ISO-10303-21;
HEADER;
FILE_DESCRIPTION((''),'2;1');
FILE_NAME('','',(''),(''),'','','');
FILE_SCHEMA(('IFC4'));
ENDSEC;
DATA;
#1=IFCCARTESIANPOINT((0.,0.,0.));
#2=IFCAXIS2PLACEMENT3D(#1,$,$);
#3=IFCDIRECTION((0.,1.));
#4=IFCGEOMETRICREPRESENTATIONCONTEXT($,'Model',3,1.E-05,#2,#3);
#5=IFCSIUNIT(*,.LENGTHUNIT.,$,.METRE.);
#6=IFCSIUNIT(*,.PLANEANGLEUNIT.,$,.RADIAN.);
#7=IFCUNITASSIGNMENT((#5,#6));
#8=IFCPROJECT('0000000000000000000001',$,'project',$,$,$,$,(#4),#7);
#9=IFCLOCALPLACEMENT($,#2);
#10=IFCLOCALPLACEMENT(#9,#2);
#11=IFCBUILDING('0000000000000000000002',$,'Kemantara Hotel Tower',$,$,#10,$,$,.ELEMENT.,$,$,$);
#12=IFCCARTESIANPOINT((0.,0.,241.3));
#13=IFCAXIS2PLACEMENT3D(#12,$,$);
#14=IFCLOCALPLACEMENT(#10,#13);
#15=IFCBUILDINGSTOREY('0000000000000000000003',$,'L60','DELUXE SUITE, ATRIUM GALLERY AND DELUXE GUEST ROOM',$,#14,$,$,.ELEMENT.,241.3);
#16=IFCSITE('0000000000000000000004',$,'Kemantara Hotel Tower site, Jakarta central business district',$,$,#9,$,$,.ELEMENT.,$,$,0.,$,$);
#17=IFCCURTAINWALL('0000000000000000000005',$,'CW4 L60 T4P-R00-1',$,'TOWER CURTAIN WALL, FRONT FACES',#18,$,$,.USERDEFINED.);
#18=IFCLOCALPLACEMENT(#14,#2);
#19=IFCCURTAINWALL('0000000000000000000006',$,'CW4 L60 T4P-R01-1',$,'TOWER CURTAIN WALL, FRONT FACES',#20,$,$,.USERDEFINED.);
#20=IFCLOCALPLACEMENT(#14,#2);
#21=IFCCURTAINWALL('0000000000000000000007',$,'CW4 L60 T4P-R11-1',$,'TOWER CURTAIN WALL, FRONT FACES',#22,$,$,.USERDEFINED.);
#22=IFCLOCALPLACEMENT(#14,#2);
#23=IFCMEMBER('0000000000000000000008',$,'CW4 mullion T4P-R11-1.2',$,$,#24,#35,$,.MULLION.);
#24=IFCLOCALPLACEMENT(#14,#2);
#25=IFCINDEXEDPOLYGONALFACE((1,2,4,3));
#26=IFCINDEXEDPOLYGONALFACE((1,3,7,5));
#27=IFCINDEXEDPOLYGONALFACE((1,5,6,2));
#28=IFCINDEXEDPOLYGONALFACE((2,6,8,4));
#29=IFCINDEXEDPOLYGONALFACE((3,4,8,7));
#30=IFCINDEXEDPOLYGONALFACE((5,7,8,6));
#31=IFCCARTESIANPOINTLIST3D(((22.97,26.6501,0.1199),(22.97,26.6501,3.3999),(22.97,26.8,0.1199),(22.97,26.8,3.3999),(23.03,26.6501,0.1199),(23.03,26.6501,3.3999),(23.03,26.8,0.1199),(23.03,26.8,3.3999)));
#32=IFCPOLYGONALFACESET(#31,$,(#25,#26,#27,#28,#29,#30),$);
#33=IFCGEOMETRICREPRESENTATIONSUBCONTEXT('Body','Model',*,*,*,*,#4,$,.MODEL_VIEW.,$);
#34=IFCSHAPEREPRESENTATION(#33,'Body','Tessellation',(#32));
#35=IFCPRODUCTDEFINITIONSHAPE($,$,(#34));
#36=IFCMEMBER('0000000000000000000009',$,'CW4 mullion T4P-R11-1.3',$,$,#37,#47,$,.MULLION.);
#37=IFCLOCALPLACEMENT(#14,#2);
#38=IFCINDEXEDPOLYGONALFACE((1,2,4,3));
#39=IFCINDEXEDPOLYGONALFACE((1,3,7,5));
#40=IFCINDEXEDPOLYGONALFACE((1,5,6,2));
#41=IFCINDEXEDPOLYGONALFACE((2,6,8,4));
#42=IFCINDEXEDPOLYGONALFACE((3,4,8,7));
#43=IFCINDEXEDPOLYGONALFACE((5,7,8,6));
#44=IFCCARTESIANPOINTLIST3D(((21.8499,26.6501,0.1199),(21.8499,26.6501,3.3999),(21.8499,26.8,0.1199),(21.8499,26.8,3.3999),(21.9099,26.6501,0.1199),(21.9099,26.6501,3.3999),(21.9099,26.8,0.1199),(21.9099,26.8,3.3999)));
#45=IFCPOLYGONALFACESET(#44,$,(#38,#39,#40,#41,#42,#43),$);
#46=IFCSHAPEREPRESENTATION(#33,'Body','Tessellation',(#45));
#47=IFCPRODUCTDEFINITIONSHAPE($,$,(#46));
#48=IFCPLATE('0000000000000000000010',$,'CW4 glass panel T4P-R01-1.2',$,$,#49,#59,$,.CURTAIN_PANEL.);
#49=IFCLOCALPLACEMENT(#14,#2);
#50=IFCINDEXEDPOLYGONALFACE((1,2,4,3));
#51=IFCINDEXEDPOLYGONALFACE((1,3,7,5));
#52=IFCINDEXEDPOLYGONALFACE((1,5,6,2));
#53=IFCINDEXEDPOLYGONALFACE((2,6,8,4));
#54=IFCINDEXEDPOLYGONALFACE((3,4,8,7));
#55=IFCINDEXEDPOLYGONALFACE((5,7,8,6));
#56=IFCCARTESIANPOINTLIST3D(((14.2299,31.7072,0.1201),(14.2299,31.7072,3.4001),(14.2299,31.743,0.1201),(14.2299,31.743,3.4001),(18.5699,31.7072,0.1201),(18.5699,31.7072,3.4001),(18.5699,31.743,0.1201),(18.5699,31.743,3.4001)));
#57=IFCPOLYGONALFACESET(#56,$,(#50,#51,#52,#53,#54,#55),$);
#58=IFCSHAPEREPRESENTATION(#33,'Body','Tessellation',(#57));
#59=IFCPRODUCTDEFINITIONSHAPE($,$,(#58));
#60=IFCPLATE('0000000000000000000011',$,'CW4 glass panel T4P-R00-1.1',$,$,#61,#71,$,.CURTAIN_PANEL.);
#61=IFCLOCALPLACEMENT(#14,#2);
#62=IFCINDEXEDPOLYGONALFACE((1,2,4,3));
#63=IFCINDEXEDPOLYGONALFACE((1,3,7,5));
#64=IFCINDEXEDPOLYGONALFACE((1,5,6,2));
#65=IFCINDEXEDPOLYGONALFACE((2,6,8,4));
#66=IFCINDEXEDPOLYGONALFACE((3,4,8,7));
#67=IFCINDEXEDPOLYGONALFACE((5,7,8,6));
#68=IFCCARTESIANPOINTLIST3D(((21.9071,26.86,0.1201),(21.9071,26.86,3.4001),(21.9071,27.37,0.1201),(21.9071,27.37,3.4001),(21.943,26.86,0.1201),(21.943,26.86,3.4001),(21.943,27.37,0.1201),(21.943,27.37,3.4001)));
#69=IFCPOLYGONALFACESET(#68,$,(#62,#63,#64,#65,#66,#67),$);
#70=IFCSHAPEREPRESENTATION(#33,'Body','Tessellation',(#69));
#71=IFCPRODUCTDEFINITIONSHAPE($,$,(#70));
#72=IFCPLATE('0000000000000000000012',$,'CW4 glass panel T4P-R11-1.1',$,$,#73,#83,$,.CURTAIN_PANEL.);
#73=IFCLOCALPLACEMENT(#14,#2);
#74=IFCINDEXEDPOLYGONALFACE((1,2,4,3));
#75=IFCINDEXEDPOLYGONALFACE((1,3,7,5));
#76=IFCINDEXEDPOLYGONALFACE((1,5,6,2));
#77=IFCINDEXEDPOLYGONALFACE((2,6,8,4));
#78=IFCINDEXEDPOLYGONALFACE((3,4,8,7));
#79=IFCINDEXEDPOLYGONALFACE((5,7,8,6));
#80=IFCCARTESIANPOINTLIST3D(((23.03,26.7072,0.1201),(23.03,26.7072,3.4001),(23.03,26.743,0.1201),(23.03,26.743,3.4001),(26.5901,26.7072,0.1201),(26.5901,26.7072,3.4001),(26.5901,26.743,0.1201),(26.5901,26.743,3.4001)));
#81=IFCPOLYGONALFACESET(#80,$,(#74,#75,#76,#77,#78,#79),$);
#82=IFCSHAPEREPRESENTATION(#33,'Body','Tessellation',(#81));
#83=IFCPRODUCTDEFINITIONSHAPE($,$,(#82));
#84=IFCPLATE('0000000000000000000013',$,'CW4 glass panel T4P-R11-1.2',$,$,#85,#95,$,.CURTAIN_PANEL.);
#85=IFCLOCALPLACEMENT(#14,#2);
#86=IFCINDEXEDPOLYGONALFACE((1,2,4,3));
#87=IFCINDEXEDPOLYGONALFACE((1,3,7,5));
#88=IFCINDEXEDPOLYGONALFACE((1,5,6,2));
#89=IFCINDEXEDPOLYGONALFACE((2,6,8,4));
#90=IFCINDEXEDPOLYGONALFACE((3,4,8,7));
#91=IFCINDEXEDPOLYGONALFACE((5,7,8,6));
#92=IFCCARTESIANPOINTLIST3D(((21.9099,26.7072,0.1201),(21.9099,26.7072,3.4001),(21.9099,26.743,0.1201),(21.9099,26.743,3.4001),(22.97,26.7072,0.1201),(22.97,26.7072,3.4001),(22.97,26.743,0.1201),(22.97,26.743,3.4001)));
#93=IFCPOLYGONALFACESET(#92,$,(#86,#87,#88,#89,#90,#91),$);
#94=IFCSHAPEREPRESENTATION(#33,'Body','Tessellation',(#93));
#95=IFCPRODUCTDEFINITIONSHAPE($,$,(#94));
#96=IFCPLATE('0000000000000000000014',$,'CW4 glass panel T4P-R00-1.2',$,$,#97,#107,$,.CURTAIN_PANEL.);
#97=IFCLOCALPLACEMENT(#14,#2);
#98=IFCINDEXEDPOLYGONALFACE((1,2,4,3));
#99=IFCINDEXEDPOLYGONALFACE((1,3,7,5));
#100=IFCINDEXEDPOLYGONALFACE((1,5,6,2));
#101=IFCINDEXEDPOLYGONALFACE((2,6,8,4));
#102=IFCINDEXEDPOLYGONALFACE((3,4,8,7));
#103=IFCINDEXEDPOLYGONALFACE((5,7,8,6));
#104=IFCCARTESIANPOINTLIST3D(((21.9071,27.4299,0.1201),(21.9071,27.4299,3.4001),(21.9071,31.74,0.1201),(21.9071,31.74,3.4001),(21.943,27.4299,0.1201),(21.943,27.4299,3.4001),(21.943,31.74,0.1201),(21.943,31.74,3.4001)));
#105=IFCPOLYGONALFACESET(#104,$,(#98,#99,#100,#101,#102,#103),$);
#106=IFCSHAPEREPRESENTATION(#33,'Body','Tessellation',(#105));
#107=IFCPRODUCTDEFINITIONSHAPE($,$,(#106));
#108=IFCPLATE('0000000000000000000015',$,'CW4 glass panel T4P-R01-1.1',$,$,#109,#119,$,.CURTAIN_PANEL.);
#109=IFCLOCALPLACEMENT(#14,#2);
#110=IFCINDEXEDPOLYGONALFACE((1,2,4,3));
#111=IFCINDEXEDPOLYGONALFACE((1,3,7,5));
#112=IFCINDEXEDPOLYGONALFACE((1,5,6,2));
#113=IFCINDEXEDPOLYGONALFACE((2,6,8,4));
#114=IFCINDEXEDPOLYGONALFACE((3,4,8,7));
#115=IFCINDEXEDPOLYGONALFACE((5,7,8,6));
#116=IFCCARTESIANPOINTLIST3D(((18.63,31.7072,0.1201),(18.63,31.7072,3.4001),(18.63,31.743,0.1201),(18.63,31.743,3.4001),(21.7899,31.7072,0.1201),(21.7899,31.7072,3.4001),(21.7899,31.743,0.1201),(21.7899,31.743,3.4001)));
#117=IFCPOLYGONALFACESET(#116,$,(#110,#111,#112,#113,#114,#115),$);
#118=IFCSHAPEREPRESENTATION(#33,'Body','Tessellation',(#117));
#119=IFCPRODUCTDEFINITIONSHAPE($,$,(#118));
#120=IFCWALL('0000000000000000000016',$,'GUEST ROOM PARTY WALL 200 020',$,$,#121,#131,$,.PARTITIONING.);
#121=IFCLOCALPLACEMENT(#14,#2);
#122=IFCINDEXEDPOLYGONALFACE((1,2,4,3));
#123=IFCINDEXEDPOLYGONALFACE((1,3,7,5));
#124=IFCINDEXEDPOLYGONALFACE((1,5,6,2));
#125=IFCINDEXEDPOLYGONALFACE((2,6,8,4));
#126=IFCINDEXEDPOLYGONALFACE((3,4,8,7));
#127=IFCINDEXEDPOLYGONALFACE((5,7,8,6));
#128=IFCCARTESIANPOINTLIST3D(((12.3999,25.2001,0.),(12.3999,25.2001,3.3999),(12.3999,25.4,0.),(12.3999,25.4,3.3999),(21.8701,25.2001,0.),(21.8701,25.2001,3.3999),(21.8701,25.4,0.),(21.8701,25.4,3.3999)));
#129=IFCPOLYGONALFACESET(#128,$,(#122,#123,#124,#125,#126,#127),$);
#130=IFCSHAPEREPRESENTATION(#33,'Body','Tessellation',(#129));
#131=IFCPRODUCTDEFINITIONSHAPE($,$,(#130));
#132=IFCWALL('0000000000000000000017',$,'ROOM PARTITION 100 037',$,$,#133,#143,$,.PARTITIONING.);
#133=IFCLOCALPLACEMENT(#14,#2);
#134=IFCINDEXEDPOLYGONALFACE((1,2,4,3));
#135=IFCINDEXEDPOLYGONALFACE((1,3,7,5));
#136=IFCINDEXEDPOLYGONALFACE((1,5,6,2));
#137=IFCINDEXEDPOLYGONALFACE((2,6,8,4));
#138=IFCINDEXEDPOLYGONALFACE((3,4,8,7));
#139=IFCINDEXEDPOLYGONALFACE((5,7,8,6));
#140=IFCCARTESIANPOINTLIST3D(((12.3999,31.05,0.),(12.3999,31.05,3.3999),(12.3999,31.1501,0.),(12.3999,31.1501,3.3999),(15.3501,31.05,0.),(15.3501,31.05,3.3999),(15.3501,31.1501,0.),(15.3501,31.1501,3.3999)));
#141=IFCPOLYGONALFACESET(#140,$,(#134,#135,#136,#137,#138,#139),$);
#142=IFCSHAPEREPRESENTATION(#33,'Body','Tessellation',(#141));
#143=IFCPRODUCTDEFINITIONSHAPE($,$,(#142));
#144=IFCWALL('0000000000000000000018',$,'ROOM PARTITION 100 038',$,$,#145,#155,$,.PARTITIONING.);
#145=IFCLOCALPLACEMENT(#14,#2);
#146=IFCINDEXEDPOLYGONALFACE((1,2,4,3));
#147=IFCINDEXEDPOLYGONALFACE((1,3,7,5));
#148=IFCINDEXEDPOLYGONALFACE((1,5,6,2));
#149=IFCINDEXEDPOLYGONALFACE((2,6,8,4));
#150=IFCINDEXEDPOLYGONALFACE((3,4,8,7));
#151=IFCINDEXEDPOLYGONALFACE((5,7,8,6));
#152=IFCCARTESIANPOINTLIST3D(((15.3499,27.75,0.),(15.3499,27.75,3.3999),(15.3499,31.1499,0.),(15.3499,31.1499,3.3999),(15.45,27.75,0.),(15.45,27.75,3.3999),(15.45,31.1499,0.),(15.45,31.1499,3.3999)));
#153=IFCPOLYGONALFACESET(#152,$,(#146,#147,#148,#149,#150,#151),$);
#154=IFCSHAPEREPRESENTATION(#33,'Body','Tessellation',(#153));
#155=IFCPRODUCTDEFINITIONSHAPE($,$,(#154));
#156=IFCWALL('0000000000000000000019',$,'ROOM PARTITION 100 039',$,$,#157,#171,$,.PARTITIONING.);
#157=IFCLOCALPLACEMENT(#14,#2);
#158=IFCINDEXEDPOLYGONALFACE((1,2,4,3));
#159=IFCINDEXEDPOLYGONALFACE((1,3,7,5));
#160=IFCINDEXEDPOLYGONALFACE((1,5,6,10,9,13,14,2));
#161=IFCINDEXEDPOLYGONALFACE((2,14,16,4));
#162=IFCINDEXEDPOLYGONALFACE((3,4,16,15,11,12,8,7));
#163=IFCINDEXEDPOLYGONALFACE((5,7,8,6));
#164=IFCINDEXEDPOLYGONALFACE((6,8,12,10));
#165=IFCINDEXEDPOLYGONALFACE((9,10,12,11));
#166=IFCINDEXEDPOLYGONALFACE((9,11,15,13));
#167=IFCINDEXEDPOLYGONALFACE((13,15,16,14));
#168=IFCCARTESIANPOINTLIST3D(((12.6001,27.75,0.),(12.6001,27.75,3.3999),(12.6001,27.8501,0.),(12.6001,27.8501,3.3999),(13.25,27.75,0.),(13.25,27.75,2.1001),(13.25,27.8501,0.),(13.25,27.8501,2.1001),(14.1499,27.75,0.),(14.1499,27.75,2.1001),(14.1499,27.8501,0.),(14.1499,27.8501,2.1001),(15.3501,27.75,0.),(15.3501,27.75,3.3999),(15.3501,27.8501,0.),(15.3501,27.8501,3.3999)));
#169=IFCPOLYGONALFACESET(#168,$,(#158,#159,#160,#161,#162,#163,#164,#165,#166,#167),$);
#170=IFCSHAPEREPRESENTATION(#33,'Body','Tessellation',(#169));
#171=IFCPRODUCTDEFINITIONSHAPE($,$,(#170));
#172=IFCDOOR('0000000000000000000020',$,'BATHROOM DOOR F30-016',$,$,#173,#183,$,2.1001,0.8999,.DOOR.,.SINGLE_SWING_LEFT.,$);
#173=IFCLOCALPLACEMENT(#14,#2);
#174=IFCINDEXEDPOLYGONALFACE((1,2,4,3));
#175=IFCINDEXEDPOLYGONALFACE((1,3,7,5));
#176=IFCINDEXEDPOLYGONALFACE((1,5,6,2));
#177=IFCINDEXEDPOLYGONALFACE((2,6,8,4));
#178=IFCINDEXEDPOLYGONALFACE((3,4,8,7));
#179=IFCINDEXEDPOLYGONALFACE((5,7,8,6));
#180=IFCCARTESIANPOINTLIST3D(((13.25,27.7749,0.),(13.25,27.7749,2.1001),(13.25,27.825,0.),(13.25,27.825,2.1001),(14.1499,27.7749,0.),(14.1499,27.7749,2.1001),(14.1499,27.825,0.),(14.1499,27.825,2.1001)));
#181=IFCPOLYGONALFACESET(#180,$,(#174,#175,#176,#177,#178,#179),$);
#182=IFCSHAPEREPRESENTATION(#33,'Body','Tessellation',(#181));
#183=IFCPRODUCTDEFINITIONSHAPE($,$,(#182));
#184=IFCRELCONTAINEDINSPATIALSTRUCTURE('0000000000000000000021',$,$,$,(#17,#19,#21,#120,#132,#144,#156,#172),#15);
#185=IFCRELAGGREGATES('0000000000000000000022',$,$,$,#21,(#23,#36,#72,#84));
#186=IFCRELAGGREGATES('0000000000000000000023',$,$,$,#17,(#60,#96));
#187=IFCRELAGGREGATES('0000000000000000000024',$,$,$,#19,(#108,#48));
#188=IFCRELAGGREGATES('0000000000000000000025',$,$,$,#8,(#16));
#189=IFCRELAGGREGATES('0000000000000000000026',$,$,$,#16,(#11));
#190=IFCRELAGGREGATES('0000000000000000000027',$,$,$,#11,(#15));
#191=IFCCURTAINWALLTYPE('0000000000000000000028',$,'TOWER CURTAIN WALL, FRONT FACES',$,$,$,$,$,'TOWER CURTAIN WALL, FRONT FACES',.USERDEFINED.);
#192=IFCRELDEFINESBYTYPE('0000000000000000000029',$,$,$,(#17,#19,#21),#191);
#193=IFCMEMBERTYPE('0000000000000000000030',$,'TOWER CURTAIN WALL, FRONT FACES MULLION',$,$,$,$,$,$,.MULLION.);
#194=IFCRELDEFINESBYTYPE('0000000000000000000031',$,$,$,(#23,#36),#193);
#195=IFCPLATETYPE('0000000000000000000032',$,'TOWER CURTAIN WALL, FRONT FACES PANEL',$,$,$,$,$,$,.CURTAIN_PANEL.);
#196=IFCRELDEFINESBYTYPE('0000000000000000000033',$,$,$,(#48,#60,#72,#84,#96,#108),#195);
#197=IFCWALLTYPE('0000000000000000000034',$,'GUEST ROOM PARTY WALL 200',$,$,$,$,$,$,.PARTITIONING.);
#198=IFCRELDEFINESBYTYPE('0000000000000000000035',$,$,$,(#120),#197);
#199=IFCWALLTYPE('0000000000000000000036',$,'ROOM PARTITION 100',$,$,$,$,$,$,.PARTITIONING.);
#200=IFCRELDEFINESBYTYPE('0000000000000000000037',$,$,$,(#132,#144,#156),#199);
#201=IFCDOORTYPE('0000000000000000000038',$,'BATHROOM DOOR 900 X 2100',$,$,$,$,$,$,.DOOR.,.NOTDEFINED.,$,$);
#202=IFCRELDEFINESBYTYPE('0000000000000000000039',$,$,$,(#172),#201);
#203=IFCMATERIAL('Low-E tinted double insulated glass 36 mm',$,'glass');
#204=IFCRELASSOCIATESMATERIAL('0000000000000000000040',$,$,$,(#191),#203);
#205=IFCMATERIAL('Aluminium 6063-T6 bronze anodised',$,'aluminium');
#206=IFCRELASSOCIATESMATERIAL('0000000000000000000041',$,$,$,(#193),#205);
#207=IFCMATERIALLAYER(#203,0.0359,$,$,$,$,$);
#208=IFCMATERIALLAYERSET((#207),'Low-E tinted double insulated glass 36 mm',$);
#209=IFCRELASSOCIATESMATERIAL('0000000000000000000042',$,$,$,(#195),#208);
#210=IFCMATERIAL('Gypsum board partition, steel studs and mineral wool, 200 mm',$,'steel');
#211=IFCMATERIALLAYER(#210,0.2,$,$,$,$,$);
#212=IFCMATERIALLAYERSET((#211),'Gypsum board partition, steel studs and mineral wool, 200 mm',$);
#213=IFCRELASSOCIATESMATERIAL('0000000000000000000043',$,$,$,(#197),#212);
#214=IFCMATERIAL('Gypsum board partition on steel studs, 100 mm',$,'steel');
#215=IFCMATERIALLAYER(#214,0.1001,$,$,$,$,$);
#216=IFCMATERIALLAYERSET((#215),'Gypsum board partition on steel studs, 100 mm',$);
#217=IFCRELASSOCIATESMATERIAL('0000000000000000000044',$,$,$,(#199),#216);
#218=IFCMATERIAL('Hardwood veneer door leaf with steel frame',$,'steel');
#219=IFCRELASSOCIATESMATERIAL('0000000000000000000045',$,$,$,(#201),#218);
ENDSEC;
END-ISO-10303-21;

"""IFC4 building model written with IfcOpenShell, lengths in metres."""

from ifc_helpers import new_model, si_unit, direction, frame, frame_2d, origin, origin_2d, place, context, subcontext, project, spatial, rectangle, extrude, source, transform, mapped, material, layer, layer_set, material_profile, profile_set, type_object, element, fill, aggregate, save


model = new_model("IFC4")

# Units and contexts
model_context = context("Model", 3, precision=1e-05, world=origin(), true_north=direction((0.0, 1.0)))
body_context = subcontext(model_context, "Body", "Model", "MODEL_VIEW")
ifc_project = project(units=[si_unit("LENGTHUNIT", "METRE"), si_unit("PLANEANGLEUNIT", "RADIAN")], contexts=[model_context])

# Site, building, storey
site_placement = place(None, origin())
site = spatial("IfcSite", under=ifc_project, at=site_placement, Name="Kemantara Hotel Tower site, Jakarta central business district", CompositionType="ELEMENT", RefElevation=0.0)
building_placement = place(site_placement, origin())
building = spatial("IfcBuilding", under=site, at=building_placement, Name="Kemantara Hotel Tower", CompositionType="ELEMENT")
storey_placement = place(building_placement, frame((0.0, 0.0, 241.3)))
storey = spatial("IfcBuildingStorey", under=building, at=storey_placement, Name="L60", Description="DELUXE SUITE, ATRIUM GALLERY AND DELUXE GUEST ROOM", CompositionType="ELEMENT", Elevation=241.3)

# Curtain walls
ifc_material_1 = material(Name="Low-E tinted double insulated glass 36 mm", Category="glass")
curtain_wall_type = type_object("IfcCurtainWallType", Name="TOWER CURTAIN WALL, FRONT FACES", ElementType="TOWER CURTAIN WALL, FRONT FACES", PredefinedType="USERDEFINED", material=ifc_material_1)
curtain_wall_1_placement = place(storey_placement, origin())
curtain_wall_1 = element("IfcCurtainWall", 1, at=curtain_wall_1_placement, inside=storey, type_object=curtain_wall_type, Name="CW4 L60 T4P-R00-1", ObjectType="TOWER CURTAIN WALL, FRONT FACES", PredefinedType="USERDEFINED")
ifc_material_2 = material(Name="Aluminium 6063-T6 bronze anodised", Category="aluminium")
curtain_wall_2_placement = place(storey_placement, origin())
curtain_wall_2 = element("IfcCurtainWall", 2, at=curtain_wall_2_placement, inside=storey, type_object=curtain_wall_type, Name="CW4 L60 T4P-R01-1", ObjectType="TOWER CURTAIN WALL, FRONT FACES", PredefinedType="USERDEFINED")
curtain_wall_3_placement = place(storey_placement, origin())
curtain_wall_3 = element("IfcCurtainWall", 3, at=curtain_wall_3_placement, inside=storey, type_object=curtain_wall_type, Name="CW4 L60 T4P-R11-1", ObjectType="TOWER CURTAIN WALL, FRONT FACES", PredefinedType="USERDEFINED")

# Shared definitions
ifc_material_profile_1 = material_profile(ifc_material_2, rectangle(XDim=0.1499, YDim=0.0601, at=origin_2d()), Name="TOWER CURTAIN WALL, FRONT FACES MULLION")
ifc_profile_set_1 = profile_set([ifc_material_profile_1], Name="Aluminium 6063-T6 bronze anodised")
member_type_1 = type_object("IfcMemberType", Name="TOWER CURTAIN WALL, FRONT FACES MULLION", PredefinedType="MULLION", material=ifc_profile_set_1)
shared_shape_1 = source(origin(), body_context, "Body", "SweptSolid", [
    extrude(rectangle(XDim=0.1499, YDim=0.0601, at=origin_2d()), origin(), (0.0, 0.0, 1.0), 3.28),
])

# Members
member_1_placement = place(storey_placement, frame((23.0, 26.7251, 0.1199), z_axis=(0.0, 0.0, 1.0), x_axis=(0.0, -1.0, 0.0)))
member_1 = element("IfcMember", 4, at=member_1_placement, type_object=member_type_1, Name="CW4 mullion T4P-R11-1.2", PredefinedType="MULLION", context=body_context, shape_type="MappedRepresentation", body=[
    mapped(shared_shape_1, transform((0.0, 0.0, 0.0))),
])
member_2_placement = place(storey_placement, frame((21.8799, 26.7251, 0.1199), z_axis=(0.0, 0.0, 1.0), x_axis=(0.0, -1.0, 0.0)))
member_2 = element("IfcMember", 5, at=member_2_placement, type_object=member_type_1, Name="CW4 mullion T4P-R11-1.3", PredefinedType="MULLION", context=body_context, shape_type="MappedRepresentation", body=[
    mapped(shared_shape_1, transform((0.0, 0.0, 0.0))),
])

# Plates
ifc_layer_1 = layer(ifc_material_1, 0.0359)
ifc_layer_set_1 = layer_set([ifc_layer_1], Name="Low-E tinted double insulated glass 36 mm")
plate_type = type_object("IfcPlateType", Name="TOWER CURTAIN WALL, FRONT FACES PANEL", PredefinedType="CURTAIN_PANEL", material=ifc_layer_set_1)
shared_shape_2 = source(origin(), body_context, "Body", "SweptSolid", [
    extrude(rectangle(XDim=4.3401, YDim=0.0359, at=origin_2d()), origin(), (0.0, 0.0, 1.0), 3.28),
])
plate_1_placement = place(storey_placement, frame((16.3999, 31.7251, 0.1201), z_axis=(0.0, 0.0, 1.0), x_axis=(-1.0, 0.0, 0.0)))
plate_1 = element("IfcPlate", 6, at=plate_1_placement, type_object=plate_type, Name="CW4 glass panel T4P-R01-1.2", PredefinedType="CURTAIN_PANEL", context=body_context, shape_type="MappedRepresentation", body=[
    mapped(shared_shape_2, transform((0.0, 0.0, 0.0))),
])
shared_shape_3 = source(origin(), body_context, "Body", "SweptSolid", [
    extrude(rectangle(XDim=0.51, YDim=0.0359, at=origin_2d()), origin(), (0.0, 0.0, 1.0), 3.28),
])
plate_2_placement = place(storey_placement, frame((21.925, 27.115, 0.1201), z_axis=(0.0, 0.0, 1.0), x_axis=(0.0, 1.0, 0.0)))
plate_2 = element("IfcPlate", 7, at=plate_2_placement, type_object=plate_type, Name="CW4 glass panel T4P-R00-1.1", PredefinedType="CURTAIN_PANEL", context=body_context, shape_type="MappedRepresentation", body=[
    mapped(shared_shape_3, transform((0.0, 0.0, 0.0))),
])
shared_shape_4 = source(origin(), body_context, "Body", "SweptSolid", [
    extrude(rectangle(XDim=3.5601, YDim=0.0359, at=origin_2d()), origin(), (0.0, 0.0, 1.0), 3.28),
])
plate_3_placement = place(storey_placement, frame((24.8101, 26.7251, 0.1201), z_axis=(0.0, 0.0, 1.0), x_axis=(-1.0, 0.0, 0.0)))
plate_3 = element("IfcPlate", 8, at=plate_3_placement, type_object=plate_type, Name="CW4 glass panel T4P-R11-1.1", PredefinedType="CURTAIN_PANEL", context=body_context, shape_type="MappedRepresentation", body=[
    mapped(shared_shape_4, transform((0.0, 0.0, 0.0))),
])
shared_shape_5 = source(origin(), body_context, "Body", "SweptSolid", [
    extrude(rectangle(XDim=1.0601, YDim=0.0359, at=origin_2d()), origin(), (0.0, 0.0, 1.0), 3.28),
])
plate_4_placement = place(storey_placement, frame((22.4399, 26.7251, 0.1201), z_axis=(0.0, 0.0, 1.0), x_axis=(-1.0, 0.0, 0.0)))
plate_4 = element("IfcPlate", 9, at=plate_4_placement, type_object=plate_type, Name="CW4 glass panel T4P-R11-1.2", PredefinedType="CURTAIN_PANEL", context=body_context, shape_type="MappedRepresentation", body=[
    mapped(shared_shape_5, transform((0.0, 0.0, 0.0))),
])
aggregate(curtain_wall_3, [member_1, member_2, plate_3, plate_4])
shared_shape_6 = source(origin(), body_context, "Body", "SweptSolid", [
    extrude(rectangle(XDim=4.3101, YDim=0.0359, at=origin_2d()), origin(), (0.0, 0.0, 1.0), 3.28),
])
plate_5_placement = place(storey_placement, frame((21.925, 29.585, 0.1201), z_axis=(0.0, 0.0, 1.0), x_axis=(0.0, 1.0, 0.0)))
plate_5 = element("IfcPlate", 10, at=plate_5_placement, type_object=plate_type, Name="CW4 glass panel T4P-R00-1.2", PredefinedType="CURTAIN_PANEL", context=body_context, shape_type="MappedRepresentation", body=[
    mapped(shared_shape_6, transform((0.0, 0.0, 0.0))),
])
aggregate(curtain_wall_1, [plate_2, plate_5])
shared_shape_7 = source(origin(), body_context, "Body", "SweptSolid", [
    extrude(rectangle(XDim=3.1599, YDim=0.0359, at=origin_2d()), origin(), (0.0, 0.0, 1.0), 3.28),
])
plate_6_placement = place(storey_placement, frame((20.21, 31.7251, 0.1201), z_axis=(0.0, 0.0, 1.0), x_axis=(-1.0, 0.0, 0.0)))
plate_6 = element("IfcPlate", 11, at=plate_6_placement, type_object=plate_type, Name="CW4 glass panel T4P-R01-1.1", PredefinedType="CURTAIN_PANEL", context=body_context, shape_type="MappedRepresentation", body=[
    mapped(shared_shape_7, transform((0.0, 0.0, 0.0))),
])
aggregate(curtain_wall_2, [plate_6, plate_1])

# Walls
ifc_material_3 = material(Name="Gypsum board partition, steel studs and mineral wool, 200 mm", Category="steel")
ifc_layer_2 = layer(ifc_material_3, 0.2)
ifc_layer_set_2 = layer_set([ifc_layer_2], Name="Gypsum board partition, steel studs and mineral wool, 200 mm")
wall_type_1 = type_object("IfcWallType", Name="GUEST ROOM PARTY WALL 200", PredefinedType="PARTITIONING", material=ifc_layer_set_2)
wall_1_placement = place(storey_placement, frame((12.3999, 25.3, 0.0), z_axis=(0.0, 0.0, 1.0), x_axis=(1.0, 0.0, 0.0)))
element("IfcWall", 12, at=wall_1_placement, inside=storey, type_object=wall_type_1, Name="GUEST ROOM PARTY WALL 200 020", PredefinedType="PARTITIONING", context=body_context, shape_type="SweptSolid", body=[
    extrude(rectangle(XDim=9.4702, YDim=0.2, at=frame_2d((4.7351, 0.0))), origin(), (0.0, 0.0, 1.0), 3.3999),
])
ifc_material_4 = material(Name="Gypsum board partition on steel studs, 100 mm", Category="steel")
ifc_layer_3 = layer(ifc_material_4, 0.1001)
ifc_layer_set_3 = layer_set([ifc_layer_3], Name="Gypsum board partition on steel studs, 100 mm")
wall_type_2 = type_object("IfcWallType", Name="ROOM PARTITION 100", PredefinedType="PARTITIONING", material=ifc_layer_set_3)
wall_2_placement = place(storey_placement, frame((12.3999, 31.1001, 0.0), z_axis=(0.0, 0.0, 1.0), x_axis=(1.0, 0.0, 0.0)))
element("IfcWall", 13, at=wall_2_placement, inside=storey, type_object=wall_type_2, Name="ROOM PARTITION 100 037", PredefinedType="PARTITIONING", context=body_context, shape_type="SweptSolid", body=[
    extrude(rectangle(XDim=2.9502, YDim=0.1001, at=frame_2d((1.4751, 0.0))), origin(), (0.0, 0.0, 1.0), 3.3999),
])
wall_3_placement = place(storey_placement, frame((15.3999, 27.75, 0.0), z_axis=(0.0, 0.0, 1.0), x_axis=(0.0, 1.0, 0.0)))
element("IfcWall", 14, at=wall_3_placement, inside=storey, type_object=wall_type_2, Name="ROOM PARTITION 100 038", PredefinedType="PARTITIONING", context=body_context, shape_type="SweptSolid", body=[
    extrude(rectangle(XDim=3.3999, YDim=0.1001, at=frame_2d((1.7, 0.0))), origin(), (0.0, 0.0, 1.0), 3.3999),
])

# Wall, opening, door
wall_4_placement = place(storey_placement, frame((12.6001, 27.8, 0.0), z_axis=(0.0, 0.0, 1.0), x_axis=(1.0, 0.0, 0.0)))
wall_4 = element("IfcWall", 15, at=wall_4_placement, inside=storey, type_object=wall_type_2, Name="ROOM PARTITION 100 039", PredefinedType="PARTITIONING", context=body_context, shape_type="SweptSolid", body=[
    extrude(rectangle(XDim=2.75, YDim=0.1001, at=frame_2d((1.375, 0.0))), origin(), (0.0, 0.0, 1.0), 3.3999),
])
opening_placement = place(wall_4_placement, frame((0.6499, 0.0, 0.0)))
opening = element("IfcOpeningElement", 16, at=opening_placement, cuts=wall_4, PredefinedType="OPENING", context=body_context, shape_type="SweptSolid", body=[
    extrude(rectangle(XDim=0.8999, YDim=2.1001, at=frame_2d((0.45, 1.05))), frame((0.0, 0.0601, 0.0), z_axis=(0.0, -1.0, 0.0), x_axis=(1.0, 0.0, 0.0)), (0.0, 0.0, 1.0), 0.1201),
])
ifc_material_5 = material(Name="Hardwood veneer door leaf with steel frame", Category="steel")
door_type = type_object("IfcDoorType", Name="BATHROOM DOOR 900 X 2100", OperationType="NOTDEFINED", PredefinedType="DOOR", material=ifc_material_5)
door_placement = place(opening_placement, origin())
door = element("IfcDoor", 17, at=door_placement, inside=storey, type_object=door_type, Name="BATHROOM DOOR F30-016", OperationType="SINGLE_SWING_LEFT", OverallHeight=2.1001, OverallWidth=0.8999, PredefinedType="DOOR", context=body_context, shape_type="SweptSolid", body=[
    extrude(rectangle(XDim=0.8999, YDim=2.1001, at=frame_2d((0.45, 1.05))), frame((0.0, 0.0249, 0.0), z_axis=(0.0, -1.0, 0.0), x_axis=(1.0, 0.0, 0.0)), (0.0, 0.0, 1.0), 0.05),
])
fill(opening, door)

save(model, "model.ifc")
